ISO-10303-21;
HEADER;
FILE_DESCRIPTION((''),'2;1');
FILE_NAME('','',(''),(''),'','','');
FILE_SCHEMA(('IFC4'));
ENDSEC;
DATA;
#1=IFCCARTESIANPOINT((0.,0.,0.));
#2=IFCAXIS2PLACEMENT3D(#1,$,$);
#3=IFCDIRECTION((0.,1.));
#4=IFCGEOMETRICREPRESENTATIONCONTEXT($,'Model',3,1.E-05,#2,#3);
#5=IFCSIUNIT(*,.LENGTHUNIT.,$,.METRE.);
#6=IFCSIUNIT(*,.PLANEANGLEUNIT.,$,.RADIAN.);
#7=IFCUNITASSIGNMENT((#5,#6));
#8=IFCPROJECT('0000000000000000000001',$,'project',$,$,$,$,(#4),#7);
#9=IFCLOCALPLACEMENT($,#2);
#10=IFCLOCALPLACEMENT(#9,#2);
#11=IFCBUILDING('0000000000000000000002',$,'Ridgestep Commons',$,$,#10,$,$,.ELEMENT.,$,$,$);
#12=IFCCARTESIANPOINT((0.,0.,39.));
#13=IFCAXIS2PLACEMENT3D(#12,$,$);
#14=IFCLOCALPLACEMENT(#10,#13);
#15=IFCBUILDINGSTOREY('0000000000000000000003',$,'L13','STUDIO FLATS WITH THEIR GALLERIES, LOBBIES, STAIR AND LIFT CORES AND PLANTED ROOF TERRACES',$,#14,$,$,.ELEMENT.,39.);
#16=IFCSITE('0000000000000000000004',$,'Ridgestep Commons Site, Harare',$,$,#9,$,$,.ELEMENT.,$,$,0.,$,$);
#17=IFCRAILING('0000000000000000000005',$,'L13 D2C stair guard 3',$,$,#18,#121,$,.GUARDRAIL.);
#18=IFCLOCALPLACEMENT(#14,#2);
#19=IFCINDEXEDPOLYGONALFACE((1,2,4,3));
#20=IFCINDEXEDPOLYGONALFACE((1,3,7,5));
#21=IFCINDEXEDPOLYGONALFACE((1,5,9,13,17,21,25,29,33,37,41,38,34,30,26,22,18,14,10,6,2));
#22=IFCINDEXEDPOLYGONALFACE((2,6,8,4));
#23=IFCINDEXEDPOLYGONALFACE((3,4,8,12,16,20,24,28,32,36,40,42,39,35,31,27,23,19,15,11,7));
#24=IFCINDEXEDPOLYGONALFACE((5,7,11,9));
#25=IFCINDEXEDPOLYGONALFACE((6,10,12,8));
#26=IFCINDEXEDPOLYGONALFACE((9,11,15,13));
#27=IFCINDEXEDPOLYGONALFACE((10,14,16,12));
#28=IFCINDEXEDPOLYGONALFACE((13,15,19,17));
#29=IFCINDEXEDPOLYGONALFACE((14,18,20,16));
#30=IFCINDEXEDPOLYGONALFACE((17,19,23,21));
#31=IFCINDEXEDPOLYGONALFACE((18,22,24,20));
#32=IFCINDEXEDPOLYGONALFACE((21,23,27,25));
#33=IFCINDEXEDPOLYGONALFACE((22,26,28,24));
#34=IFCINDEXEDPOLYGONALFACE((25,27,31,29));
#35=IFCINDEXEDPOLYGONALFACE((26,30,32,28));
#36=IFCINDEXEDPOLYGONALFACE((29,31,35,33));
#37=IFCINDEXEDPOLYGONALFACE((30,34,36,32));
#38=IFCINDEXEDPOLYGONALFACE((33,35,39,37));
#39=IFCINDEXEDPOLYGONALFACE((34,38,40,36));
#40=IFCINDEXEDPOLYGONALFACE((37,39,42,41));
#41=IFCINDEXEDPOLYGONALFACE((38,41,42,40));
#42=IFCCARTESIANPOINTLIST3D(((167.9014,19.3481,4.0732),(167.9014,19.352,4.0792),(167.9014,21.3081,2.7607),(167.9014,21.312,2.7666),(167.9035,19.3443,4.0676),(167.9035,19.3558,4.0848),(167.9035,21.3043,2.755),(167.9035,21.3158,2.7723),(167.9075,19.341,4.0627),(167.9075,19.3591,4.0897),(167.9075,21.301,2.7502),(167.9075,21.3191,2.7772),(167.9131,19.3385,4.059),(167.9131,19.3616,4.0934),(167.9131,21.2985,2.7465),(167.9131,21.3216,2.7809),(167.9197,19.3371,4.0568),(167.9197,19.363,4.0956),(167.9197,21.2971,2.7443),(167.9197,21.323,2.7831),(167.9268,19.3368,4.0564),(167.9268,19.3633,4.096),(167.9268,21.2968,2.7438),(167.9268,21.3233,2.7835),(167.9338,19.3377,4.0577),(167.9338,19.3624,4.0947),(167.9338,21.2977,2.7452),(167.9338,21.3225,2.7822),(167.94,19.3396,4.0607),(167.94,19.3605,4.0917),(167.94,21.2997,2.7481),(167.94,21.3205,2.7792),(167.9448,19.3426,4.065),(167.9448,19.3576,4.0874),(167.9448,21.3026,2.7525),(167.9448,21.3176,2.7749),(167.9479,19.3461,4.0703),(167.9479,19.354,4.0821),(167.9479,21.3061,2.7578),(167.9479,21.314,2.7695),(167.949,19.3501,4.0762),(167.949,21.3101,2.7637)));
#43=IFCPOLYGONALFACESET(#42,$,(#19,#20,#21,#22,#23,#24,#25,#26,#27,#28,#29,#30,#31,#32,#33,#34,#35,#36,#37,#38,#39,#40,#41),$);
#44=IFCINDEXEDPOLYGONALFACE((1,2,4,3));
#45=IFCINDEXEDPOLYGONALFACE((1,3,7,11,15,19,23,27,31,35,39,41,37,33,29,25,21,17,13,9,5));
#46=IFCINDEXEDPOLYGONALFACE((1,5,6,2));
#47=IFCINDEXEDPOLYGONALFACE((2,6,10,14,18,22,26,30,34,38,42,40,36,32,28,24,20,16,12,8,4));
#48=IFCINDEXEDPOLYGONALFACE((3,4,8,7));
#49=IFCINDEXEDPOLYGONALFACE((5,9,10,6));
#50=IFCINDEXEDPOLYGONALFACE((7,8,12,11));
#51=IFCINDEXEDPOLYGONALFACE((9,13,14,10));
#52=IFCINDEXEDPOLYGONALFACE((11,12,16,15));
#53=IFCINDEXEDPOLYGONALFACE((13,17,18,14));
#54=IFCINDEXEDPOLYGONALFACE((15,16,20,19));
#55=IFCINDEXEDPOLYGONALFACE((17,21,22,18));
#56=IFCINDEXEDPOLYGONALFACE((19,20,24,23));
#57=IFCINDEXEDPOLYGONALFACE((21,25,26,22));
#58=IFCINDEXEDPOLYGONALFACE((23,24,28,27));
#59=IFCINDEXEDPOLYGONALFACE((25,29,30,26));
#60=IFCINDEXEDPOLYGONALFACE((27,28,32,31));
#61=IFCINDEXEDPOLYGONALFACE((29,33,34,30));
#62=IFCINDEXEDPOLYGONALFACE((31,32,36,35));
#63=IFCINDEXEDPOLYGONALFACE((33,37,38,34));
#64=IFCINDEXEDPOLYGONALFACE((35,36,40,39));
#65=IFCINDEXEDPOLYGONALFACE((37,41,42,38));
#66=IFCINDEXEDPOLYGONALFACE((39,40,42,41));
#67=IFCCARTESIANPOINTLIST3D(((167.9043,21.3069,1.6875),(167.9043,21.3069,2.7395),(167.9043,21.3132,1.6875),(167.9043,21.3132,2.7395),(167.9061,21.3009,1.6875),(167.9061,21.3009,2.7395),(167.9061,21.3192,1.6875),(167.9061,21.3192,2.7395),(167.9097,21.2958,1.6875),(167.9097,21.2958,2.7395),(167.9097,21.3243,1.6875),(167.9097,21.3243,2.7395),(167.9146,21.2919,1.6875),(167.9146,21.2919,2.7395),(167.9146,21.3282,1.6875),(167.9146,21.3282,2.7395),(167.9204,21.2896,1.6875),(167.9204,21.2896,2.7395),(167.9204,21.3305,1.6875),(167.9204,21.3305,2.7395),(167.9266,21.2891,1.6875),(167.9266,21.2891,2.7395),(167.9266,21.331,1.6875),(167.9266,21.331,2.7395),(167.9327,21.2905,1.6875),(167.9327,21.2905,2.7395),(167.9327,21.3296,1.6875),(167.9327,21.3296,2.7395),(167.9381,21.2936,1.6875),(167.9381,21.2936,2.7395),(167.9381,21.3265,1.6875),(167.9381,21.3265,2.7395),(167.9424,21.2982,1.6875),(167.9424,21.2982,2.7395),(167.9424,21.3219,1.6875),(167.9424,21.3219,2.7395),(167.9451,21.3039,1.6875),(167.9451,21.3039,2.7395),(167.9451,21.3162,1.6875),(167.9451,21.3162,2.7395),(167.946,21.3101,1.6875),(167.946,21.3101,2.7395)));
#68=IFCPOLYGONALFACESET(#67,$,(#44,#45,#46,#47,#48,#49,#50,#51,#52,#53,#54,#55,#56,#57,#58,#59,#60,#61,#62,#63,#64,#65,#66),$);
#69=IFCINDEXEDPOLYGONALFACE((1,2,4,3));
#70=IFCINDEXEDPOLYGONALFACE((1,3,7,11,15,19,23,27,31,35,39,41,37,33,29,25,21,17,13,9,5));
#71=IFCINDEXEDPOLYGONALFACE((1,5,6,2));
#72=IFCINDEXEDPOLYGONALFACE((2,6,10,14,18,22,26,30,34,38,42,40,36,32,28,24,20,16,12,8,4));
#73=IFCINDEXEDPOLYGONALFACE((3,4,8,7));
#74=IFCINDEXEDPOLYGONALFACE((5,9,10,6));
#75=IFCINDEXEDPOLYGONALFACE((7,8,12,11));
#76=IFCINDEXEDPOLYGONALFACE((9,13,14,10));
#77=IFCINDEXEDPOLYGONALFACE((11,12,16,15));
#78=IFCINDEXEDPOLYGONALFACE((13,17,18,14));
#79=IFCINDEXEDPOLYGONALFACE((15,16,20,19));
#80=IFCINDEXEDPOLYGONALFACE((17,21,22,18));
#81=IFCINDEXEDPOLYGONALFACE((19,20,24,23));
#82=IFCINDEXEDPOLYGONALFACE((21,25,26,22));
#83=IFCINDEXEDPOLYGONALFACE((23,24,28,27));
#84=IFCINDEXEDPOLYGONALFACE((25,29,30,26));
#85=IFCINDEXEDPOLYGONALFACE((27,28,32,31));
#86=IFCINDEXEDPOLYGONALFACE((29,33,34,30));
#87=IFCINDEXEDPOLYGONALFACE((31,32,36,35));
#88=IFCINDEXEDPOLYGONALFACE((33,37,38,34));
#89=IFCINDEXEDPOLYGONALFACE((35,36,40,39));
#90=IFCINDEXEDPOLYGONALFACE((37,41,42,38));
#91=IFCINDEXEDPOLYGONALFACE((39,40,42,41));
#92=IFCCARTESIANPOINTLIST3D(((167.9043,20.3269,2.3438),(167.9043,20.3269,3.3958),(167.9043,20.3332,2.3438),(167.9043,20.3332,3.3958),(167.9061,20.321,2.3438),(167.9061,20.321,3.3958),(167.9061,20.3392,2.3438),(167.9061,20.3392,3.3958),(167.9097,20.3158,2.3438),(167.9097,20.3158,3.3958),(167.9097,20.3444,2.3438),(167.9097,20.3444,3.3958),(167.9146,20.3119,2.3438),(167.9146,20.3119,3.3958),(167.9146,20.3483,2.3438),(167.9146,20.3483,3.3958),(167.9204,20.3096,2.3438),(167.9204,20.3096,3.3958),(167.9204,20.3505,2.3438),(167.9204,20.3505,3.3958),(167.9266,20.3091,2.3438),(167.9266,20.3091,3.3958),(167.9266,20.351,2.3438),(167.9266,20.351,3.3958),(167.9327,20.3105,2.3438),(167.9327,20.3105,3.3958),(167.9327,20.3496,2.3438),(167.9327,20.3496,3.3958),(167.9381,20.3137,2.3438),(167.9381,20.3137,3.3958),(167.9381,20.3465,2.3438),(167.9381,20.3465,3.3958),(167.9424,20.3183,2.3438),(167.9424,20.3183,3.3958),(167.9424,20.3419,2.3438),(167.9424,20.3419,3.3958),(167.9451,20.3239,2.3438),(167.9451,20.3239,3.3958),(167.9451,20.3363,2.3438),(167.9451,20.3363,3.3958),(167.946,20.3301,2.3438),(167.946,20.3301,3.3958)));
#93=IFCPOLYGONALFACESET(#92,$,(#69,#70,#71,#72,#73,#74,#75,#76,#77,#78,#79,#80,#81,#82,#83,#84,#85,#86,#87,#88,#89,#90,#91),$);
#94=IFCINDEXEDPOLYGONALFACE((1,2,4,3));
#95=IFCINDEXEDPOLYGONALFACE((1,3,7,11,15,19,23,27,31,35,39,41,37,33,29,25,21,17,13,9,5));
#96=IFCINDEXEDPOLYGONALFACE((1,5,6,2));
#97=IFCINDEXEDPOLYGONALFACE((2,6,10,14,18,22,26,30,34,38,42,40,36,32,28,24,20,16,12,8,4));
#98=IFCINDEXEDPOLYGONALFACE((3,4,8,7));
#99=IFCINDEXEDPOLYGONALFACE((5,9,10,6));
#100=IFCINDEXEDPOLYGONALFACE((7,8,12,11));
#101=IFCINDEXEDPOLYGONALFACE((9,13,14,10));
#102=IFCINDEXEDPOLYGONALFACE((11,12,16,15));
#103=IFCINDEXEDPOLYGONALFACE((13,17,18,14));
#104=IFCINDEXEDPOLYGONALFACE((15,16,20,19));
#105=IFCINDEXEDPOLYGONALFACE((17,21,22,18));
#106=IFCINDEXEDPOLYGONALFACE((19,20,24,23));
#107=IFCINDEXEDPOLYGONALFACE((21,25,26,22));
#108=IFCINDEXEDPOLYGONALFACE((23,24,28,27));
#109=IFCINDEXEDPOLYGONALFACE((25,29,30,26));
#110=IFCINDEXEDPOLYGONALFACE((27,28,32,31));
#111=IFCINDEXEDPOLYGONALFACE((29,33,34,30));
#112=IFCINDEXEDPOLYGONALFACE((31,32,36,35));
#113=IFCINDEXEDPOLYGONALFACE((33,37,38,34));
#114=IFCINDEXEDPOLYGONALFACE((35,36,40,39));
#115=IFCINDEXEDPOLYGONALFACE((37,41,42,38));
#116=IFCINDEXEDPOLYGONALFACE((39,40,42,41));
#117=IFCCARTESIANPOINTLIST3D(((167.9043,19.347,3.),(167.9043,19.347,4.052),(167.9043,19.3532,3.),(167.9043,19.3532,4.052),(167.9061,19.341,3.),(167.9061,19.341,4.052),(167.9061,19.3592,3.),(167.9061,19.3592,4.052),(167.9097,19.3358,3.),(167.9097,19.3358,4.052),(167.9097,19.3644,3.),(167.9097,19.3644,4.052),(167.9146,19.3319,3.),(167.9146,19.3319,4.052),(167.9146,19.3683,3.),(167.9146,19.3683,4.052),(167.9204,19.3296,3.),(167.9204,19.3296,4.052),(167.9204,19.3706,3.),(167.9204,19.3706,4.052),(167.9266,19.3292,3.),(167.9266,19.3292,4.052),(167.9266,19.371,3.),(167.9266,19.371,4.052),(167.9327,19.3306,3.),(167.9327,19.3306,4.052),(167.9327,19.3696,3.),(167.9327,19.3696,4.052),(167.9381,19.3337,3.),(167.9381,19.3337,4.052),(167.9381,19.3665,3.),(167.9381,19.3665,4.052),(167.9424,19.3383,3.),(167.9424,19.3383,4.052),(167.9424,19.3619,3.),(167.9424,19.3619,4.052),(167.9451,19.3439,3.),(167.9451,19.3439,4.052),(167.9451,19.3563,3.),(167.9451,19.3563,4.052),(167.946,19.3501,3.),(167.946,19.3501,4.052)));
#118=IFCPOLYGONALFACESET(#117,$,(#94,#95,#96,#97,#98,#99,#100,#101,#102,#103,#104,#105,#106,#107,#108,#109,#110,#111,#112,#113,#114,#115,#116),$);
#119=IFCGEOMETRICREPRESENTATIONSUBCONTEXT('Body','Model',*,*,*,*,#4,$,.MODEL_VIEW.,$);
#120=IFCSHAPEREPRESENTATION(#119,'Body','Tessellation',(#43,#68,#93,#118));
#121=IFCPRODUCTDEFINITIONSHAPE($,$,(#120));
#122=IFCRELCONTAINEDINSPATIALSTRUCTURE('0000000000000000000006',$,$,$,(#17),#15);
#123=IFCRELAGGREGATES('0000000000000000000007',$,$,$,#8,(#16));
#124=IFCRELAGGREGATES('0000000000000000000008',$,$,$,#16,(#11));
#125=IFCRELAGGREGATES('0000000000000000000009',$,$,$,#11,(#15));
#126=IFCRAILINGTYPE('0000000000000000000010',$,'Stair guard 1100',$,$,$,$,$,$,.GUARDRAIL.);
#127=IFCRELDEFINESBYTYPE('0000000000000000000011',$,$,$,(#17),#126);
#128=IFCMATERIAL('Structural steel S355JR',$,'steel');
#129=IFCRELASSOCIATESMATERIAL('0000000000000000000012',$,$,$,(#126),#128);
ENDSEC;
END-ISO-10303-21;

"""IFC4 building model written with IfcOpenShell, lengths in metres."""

from ifc_helpers import new_model, si_unit, direction, frame, origin, origin_2d, place, context, subcontext, project, spatial, circle, extrude, material, type_object, element, save


model = new_model("IFC4")

# Units and contexts
model_context = context("Model", 3, precision=1e-05, world=origin(), true_north=direction((0.0, 1.0)))
body_context = subcontext(model_context, "Body", "Model", "MODEL_VIEW")
ifc_project = project(units=[si_unit("LENGTHUNIT", "METRE"), si_unit("PLANEANGLEUNIT", "RADIAN")], contexts=[model_context])

# Site, building, storey
site_placement = place(None, origin())
site = spatial("IfcSite", under=ifc_project, at=site_placement, Name="Ridgestep Commons Site, Harare", CompositionType="ELEMENT", RefElevation=0.0)
building_placement = place(site_placement, origin())
building = spatial("IfcBuilding", under=site, at=building_placement, Name="Ridgestep Commons", CompositionType="ELEMENT")
storey_placement = place(building_placement, frame((0.0, 0.0, 39.0)))
storey = spatial("IfcBuildingStorey", under=building, at=storey_placement, Name="L13", Description="STUDIO FLATS WITH THEIR GALLERIES, LOBBIES, STAIR AND LIFT CORES AND PLANTED ROOF TERRACES", CompositionType="ELEMENT", Elevation=39.0)

# Railing
ifc_material_1 = material(Name="Structural steel S355JR", Category="steel")
railing_type_1 = type_object("IfcRailingType", Name="Stair guard 1100", PredefinedType="GUARDRAIL", material=ifc_material_1)
railing_1_placement = place(storey_placement, frame((167.925, 21.3101, 1.6875)))
element("IfcRailing", 1, at=railing_1_placement, inside=storey, type_object=railing_type_1, Name="L13 D2C stair guard 3", PredefinedType="GUARDRAIL", context=body_context, shape_type="SweptSolid", body=[
    extrude(circle(Radius=0.0239, at=origin_2d()), frame((0.0, 0.0, 1.0762), z_axis=(0.0, -0.830902, 0.556419), x_axis=(1.0, 0.0, 0.0)), (0.0, 0.0, 1.0), 2.3589),
    extrude(circle(Radius=0.021, at=origin_2d()), origin(), (0.0, 0.0, 1.0), 1.052),
    extrude(circle(Radius=0.021, at=origin_2d()), frame((0.0, -0.98, 0.6562)), (0.0, 0.0, 1.0), 1.052),
    extrude(circle(Radius=0.021, at=origin_2d()), frame((0.0, -1.96, 1.3125)), (0.0, 0.0, 1.0), 1.052),
])

save(model, "model.ifc")
